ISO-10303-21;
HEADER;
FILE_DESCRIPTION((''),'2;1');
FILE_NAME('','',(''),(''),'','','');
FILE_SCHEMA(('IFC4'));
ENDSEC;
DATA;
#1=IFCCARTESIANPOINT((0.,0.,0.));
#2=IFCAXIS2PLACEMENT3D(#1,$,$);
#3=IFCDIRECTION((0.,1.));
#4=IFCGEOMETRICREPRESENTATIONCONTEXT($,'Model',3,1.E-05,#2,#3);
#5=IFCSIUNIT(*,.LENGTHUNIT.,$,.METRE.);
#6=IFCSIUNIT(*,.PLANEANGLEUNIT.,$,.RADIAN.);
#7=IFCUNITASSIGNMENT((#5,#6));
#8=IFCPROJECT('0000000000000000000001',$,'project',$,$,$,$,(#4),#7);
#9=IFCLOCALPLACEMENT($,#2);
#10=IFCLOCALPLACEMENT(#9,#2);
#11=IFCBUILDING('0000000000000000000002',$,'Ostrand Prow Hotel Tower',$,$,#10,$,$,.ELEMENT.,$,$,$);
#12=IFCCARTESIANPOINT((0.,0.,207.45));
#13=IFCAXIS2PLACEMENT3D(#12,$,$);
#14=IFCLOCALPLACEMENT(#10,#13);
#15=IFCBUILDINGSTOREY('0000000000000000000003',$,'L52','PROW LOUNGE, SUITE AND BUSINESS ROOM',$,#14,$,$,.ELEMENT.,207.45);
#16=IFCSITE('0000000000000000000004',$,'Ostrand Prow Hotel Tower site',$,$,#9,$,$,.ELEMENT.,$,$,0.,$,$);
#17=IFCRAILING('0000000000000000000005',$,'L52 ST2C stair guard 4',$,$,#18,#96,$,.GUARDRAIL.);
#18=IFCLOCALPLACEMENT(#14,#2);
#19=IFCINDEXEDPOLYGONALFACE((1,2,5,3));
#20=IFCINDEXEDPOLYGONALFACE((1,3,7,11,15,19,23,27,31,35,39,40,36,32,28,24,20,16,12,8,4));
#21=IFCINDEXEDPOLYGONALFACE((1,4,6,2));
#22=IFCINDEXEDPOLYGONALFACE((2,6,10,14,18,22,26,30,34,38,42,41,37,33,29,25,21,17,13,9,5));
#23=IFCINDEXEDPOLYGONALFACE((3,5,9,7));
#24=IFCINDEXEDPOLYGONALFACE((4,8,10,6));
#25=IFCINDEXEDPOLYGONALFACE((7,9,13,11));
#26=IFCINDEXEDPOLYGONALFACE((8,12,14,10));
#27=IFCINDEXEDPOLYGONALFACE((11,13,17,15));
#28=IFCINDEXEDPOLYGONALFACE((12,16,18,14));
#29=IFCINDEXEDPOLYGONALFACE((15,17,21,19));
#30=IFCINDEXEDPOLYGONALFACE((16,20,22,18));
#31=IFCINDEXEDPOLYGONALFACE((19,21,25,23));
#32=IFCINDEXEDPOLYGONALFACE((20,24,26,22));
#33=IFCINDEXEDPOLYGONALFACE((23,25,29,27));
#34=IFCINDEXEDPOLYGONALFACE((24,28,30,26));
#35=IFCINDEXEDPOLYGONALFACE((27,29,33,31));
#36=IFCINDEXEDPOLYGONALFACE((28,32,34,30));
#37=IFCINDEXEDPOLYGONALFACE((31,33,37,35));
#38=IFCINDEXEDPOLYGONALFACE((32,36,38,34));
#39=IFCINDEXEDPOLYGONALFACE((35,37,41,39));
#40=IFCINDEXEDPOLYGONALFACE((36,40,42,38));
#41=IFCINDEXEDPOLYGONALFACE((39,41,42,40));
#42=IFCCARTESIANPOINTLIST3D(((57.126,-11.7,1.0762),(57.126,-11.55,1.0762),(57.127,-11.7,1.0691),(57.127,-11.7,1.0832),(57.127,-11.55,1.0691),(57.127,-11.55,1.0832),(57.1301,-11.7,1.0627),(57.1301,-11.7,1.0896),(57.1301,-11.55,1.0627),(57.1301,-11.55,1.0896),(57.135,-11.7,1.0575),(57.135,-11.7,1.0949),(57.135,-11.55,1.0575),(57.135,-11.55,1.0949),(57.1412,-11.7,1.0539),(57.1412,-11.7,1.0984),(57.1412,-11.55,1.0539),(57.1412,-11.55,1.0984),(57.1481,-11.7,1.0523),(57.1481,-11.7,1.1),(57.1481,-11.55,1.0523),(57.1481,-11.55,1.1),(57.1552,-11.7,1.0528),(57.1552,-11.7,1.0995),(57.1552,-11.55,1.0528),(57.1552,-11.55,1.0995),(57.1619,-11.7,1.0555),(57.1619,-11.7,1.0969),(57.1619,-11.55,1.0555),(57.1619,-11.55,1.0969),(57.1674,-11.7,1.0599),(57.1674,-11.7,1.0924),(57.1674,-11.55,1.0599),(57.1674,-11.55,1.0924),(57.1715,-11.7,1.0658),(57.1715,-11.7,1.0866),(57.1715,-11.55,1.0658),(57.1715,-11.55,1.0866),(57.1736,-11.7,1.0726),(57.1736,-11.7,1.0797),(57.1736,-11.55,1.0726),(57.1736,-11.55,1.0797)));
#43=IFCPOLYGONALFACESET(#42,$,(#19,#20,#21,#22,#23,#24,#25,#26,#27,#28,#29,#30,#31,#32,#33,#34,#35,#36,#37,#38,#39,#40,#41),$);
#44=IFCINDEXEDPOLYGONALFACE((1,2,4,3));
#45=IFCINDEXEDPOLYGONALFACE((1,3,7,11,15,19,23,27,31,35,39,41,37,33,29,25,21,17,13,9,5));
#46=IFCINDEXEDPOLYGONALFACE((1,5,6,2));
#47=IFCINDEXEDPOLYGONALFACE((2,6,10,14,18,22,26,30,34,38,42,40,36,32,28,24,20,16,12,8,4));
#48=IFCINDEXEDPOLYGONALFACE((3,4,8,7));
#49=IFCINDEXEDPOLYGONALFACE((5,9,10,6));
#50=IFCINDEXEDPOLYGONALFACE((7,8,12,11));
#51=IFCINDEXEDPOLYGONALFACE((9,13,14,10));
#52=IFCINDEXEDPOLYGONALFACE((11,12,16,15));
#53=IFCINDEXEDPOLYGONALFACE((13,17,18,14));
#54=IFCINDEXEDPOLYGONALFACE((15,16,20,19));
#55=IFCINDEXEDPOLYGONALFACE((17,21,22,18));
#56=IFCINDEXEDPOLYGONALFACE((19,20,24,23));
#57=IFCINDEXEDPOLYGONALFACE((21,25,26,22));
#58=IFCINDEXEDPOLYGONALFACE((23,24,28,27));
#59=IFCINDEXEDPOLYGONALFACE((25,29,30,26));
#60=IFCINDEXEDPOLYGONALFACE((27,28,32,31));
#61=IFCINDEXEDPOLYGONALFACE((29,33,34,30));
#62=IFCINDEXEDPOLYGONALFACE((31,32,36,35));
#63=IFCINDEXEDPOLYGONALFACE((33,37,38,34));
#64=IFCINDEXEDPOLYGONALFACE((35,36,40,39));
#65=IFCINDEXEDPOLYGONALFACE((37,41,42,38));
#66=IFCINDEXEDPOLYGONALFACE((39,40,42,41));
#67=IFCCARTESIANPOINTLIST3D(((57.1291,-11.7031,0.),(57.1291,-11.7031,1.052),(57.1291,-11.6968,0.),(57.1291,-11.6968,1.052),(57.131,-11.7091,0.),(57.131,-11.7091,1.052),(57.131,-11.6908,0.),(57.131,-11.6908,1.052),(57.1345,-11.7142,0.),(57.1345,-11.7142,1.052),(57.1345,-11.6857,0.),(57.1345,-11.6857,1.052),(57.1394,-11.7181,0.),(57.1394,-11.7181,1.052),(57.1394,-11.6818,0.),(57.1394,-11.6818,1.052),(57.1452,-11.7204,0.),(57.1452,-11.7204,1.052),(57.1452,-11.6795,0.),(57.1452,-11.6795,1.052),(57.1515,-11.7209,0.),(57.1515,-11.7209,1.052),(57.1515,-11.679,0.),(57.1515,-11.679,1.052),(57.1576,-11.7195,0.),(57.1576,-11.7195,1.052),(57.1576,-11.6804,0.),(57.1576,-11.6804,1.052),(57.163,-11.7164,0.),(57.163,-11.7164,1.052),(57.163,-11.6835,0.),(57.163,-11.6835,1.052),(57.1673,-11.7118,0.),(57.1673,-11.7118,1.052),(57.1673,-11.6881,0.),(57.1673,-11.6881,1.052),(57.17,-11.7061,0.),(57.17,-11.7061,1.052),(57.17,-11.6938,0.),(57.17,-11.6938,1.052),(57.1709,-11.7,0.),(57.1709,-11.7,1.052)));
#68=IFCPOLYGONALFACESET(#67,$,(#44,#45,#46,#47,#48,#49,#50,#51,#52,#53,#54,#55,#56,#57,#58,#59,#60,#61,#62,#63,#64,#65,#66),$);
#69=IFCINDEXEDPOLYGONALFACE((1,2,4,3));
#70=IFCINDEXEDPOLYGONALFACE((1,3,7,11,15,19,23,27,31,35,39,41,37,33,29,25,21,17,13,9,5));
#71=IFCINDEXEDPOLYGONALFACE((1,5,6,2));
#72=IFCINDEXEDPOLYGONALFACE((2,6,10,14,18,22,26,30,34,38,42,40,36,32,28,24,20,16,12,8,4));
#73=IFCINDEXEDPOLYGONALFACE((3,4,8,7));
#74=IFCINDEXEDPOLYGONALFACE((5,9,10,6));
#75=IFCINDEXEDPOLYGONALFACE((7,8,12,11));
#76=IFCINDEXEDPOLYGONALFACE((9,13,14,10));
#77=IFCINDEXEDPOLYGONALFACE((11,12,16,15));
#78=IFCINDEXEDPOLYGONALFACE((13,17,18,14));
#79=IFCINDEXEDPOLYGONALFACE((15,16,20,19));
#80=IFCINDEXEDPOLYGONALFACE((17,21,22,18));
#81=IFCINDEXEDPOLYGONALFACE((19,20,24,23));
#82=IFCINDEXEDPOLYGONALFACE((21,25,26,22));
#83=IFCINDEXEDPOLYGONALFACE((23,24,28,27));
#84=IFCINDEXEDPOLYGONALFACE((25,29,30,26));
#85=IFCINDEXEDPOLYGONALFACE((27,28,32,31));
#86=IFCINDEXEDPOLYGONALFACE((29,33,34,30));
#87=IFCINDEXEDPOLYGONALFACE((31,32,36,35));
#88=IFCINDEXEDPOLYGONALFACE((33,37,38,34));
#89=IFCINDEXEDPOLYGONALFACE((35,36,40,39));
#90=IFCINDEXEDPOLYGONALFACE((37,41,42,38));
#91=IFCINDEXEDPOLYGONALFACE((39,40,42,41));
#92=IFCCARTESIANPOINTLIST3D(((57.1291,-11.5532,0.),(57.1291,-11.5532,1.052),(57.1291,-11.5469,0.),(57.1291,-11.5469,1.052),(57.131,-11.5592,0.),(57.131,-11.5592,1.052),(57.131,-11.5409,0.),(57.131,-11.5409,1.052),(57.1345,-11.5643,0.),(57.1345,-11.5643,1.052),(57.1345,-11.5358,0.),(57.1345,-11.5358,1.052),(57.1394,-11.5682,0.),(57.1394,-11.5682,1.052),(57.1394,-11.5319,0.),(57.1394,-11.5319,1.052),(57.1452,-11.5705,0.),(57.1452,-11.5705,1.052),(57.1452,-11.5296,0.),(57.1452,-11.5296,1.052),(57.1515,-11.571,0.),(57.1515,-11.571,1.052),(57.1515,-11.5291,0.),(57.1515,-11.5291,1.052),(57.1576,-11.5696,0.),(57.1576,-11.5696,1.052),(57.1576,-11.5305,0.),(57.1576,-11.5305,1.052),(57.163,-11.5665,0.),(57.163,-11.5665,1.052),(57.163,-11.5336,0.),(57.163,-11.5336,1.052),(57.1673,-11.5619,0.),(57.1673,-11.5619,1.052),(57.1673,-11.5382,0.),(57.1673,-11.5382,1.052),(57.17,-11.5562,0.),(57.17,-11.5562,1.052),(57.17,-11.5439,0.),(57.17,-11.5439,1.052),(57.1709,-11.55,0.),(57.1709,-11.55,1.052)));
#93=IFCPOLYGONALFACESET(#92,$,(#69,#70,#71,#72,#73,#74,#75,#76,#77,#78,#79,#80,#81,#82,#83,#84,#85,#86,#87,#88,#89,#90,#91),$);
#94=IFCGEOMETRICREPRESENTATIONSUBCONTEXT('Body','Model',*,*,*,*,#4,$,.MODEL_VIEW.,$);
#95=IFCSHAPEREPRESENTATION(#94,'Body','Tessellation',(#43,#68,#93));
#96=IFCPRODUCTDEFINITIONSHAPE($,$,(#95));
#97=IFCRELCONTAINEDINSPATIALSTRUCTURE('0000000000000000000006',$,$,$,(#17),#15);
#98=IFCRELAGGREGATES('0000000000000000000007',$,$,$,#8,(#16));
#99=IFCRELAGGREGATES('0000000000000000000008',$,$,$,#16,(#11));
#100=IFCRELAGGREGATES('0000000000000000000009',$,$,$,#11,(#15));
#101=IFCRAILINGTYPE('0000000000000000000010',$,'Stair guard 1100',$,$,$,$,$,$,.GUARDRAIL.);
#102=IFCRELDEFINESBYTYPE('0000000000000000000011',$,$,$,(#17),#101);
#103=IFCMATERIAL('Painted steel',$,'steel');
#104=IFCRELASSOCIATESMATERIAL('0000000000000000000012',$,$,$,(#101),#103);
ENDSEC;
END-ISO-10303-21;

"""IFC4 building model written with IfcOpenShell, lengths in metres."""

from ifc_helpers import new_model, si_unit, direction, frame, origin, origin_2d, place, context, subcontext, project, spatial, circle, extrude, material, type_object, element, save


model = new_model("IFC4")

# Units and contexts
model_context = context("Model", 3, precision=1e-05, world=origin(), true_north=direction((0.0, 1.0)))
body_context = subcontext(model_context, "Body", "Model", "MODEL_VIEW")
ifc_project = project(units=[si_unit("LENGTHUNIT", "METRE"), si_unit("PLANEANGLEUNIT", "RADIAN")], contexts=[model_context])

# Site, building, storey
site_placement = place(None, origin())
site = spatial("IfcSite", under=ifc_project, at=site_placement, Name="Ostrand Prow Hotel Tower site", CompositionType="ELEMENT", RefElevation=0.0)
building_placement = place(site_placement, origin())
building = spatial("IfcBuilding", under=site, at=building_placement, Name="Ostrand Prow Hotel Tower", CompositionType="ELEMENT")
storey_placement = place(building_placement, frame((0.0, 0.0, 207.45)))
storey = spatial("IfcBuildingStorey", under=building, at=storey_placement, Name="L52", Description="PROW LOUNGE, SUITE AND BUSINESS ROOM", CompositionType="ELEMENT", Elevation=207.45)

# Railing
ifc_material_1 = material(Name="Painted steel", Category="steel")
railing_type_1 = type_object("IfcRailingType", Name="Stair guard 1100", PredefinedType="GUARDRAIL", material=ifc_material_1)
railing_1_placement = place(storey_placement, frame((57.1499, -11.7, 0.0)))
element("IfcRailing", 1, at=railing_1_placement, inside=storey, type_object=railing_type_1, Name="L52 ST2C stair guard 4", PredefinedType="GUARDRAIL", context=body_context, shape_type="SweptSolid", body=[
    extrude(circle(Radius=0.0239, at=origin_2d()), frame((0.0, 0.0, 1.0762), z_axis=(0.0, 1.0, 0.0), x_axis=(-1.0, 0.0, 0.0)), (0.0, 0.0, 1.0), 0.1499),
    extrude(circle(Radius=0.021, at=origin_2d()), origin(), (0.0, 0.0, 1.0), 1.052),
    extrude(circle(Radius=0.021, at=origin_2d()), frame((0.0, 0.1499, 0.0)), (0.0, 0.0, 1.0), 1.052),
])

save(model, "model.ifc")
